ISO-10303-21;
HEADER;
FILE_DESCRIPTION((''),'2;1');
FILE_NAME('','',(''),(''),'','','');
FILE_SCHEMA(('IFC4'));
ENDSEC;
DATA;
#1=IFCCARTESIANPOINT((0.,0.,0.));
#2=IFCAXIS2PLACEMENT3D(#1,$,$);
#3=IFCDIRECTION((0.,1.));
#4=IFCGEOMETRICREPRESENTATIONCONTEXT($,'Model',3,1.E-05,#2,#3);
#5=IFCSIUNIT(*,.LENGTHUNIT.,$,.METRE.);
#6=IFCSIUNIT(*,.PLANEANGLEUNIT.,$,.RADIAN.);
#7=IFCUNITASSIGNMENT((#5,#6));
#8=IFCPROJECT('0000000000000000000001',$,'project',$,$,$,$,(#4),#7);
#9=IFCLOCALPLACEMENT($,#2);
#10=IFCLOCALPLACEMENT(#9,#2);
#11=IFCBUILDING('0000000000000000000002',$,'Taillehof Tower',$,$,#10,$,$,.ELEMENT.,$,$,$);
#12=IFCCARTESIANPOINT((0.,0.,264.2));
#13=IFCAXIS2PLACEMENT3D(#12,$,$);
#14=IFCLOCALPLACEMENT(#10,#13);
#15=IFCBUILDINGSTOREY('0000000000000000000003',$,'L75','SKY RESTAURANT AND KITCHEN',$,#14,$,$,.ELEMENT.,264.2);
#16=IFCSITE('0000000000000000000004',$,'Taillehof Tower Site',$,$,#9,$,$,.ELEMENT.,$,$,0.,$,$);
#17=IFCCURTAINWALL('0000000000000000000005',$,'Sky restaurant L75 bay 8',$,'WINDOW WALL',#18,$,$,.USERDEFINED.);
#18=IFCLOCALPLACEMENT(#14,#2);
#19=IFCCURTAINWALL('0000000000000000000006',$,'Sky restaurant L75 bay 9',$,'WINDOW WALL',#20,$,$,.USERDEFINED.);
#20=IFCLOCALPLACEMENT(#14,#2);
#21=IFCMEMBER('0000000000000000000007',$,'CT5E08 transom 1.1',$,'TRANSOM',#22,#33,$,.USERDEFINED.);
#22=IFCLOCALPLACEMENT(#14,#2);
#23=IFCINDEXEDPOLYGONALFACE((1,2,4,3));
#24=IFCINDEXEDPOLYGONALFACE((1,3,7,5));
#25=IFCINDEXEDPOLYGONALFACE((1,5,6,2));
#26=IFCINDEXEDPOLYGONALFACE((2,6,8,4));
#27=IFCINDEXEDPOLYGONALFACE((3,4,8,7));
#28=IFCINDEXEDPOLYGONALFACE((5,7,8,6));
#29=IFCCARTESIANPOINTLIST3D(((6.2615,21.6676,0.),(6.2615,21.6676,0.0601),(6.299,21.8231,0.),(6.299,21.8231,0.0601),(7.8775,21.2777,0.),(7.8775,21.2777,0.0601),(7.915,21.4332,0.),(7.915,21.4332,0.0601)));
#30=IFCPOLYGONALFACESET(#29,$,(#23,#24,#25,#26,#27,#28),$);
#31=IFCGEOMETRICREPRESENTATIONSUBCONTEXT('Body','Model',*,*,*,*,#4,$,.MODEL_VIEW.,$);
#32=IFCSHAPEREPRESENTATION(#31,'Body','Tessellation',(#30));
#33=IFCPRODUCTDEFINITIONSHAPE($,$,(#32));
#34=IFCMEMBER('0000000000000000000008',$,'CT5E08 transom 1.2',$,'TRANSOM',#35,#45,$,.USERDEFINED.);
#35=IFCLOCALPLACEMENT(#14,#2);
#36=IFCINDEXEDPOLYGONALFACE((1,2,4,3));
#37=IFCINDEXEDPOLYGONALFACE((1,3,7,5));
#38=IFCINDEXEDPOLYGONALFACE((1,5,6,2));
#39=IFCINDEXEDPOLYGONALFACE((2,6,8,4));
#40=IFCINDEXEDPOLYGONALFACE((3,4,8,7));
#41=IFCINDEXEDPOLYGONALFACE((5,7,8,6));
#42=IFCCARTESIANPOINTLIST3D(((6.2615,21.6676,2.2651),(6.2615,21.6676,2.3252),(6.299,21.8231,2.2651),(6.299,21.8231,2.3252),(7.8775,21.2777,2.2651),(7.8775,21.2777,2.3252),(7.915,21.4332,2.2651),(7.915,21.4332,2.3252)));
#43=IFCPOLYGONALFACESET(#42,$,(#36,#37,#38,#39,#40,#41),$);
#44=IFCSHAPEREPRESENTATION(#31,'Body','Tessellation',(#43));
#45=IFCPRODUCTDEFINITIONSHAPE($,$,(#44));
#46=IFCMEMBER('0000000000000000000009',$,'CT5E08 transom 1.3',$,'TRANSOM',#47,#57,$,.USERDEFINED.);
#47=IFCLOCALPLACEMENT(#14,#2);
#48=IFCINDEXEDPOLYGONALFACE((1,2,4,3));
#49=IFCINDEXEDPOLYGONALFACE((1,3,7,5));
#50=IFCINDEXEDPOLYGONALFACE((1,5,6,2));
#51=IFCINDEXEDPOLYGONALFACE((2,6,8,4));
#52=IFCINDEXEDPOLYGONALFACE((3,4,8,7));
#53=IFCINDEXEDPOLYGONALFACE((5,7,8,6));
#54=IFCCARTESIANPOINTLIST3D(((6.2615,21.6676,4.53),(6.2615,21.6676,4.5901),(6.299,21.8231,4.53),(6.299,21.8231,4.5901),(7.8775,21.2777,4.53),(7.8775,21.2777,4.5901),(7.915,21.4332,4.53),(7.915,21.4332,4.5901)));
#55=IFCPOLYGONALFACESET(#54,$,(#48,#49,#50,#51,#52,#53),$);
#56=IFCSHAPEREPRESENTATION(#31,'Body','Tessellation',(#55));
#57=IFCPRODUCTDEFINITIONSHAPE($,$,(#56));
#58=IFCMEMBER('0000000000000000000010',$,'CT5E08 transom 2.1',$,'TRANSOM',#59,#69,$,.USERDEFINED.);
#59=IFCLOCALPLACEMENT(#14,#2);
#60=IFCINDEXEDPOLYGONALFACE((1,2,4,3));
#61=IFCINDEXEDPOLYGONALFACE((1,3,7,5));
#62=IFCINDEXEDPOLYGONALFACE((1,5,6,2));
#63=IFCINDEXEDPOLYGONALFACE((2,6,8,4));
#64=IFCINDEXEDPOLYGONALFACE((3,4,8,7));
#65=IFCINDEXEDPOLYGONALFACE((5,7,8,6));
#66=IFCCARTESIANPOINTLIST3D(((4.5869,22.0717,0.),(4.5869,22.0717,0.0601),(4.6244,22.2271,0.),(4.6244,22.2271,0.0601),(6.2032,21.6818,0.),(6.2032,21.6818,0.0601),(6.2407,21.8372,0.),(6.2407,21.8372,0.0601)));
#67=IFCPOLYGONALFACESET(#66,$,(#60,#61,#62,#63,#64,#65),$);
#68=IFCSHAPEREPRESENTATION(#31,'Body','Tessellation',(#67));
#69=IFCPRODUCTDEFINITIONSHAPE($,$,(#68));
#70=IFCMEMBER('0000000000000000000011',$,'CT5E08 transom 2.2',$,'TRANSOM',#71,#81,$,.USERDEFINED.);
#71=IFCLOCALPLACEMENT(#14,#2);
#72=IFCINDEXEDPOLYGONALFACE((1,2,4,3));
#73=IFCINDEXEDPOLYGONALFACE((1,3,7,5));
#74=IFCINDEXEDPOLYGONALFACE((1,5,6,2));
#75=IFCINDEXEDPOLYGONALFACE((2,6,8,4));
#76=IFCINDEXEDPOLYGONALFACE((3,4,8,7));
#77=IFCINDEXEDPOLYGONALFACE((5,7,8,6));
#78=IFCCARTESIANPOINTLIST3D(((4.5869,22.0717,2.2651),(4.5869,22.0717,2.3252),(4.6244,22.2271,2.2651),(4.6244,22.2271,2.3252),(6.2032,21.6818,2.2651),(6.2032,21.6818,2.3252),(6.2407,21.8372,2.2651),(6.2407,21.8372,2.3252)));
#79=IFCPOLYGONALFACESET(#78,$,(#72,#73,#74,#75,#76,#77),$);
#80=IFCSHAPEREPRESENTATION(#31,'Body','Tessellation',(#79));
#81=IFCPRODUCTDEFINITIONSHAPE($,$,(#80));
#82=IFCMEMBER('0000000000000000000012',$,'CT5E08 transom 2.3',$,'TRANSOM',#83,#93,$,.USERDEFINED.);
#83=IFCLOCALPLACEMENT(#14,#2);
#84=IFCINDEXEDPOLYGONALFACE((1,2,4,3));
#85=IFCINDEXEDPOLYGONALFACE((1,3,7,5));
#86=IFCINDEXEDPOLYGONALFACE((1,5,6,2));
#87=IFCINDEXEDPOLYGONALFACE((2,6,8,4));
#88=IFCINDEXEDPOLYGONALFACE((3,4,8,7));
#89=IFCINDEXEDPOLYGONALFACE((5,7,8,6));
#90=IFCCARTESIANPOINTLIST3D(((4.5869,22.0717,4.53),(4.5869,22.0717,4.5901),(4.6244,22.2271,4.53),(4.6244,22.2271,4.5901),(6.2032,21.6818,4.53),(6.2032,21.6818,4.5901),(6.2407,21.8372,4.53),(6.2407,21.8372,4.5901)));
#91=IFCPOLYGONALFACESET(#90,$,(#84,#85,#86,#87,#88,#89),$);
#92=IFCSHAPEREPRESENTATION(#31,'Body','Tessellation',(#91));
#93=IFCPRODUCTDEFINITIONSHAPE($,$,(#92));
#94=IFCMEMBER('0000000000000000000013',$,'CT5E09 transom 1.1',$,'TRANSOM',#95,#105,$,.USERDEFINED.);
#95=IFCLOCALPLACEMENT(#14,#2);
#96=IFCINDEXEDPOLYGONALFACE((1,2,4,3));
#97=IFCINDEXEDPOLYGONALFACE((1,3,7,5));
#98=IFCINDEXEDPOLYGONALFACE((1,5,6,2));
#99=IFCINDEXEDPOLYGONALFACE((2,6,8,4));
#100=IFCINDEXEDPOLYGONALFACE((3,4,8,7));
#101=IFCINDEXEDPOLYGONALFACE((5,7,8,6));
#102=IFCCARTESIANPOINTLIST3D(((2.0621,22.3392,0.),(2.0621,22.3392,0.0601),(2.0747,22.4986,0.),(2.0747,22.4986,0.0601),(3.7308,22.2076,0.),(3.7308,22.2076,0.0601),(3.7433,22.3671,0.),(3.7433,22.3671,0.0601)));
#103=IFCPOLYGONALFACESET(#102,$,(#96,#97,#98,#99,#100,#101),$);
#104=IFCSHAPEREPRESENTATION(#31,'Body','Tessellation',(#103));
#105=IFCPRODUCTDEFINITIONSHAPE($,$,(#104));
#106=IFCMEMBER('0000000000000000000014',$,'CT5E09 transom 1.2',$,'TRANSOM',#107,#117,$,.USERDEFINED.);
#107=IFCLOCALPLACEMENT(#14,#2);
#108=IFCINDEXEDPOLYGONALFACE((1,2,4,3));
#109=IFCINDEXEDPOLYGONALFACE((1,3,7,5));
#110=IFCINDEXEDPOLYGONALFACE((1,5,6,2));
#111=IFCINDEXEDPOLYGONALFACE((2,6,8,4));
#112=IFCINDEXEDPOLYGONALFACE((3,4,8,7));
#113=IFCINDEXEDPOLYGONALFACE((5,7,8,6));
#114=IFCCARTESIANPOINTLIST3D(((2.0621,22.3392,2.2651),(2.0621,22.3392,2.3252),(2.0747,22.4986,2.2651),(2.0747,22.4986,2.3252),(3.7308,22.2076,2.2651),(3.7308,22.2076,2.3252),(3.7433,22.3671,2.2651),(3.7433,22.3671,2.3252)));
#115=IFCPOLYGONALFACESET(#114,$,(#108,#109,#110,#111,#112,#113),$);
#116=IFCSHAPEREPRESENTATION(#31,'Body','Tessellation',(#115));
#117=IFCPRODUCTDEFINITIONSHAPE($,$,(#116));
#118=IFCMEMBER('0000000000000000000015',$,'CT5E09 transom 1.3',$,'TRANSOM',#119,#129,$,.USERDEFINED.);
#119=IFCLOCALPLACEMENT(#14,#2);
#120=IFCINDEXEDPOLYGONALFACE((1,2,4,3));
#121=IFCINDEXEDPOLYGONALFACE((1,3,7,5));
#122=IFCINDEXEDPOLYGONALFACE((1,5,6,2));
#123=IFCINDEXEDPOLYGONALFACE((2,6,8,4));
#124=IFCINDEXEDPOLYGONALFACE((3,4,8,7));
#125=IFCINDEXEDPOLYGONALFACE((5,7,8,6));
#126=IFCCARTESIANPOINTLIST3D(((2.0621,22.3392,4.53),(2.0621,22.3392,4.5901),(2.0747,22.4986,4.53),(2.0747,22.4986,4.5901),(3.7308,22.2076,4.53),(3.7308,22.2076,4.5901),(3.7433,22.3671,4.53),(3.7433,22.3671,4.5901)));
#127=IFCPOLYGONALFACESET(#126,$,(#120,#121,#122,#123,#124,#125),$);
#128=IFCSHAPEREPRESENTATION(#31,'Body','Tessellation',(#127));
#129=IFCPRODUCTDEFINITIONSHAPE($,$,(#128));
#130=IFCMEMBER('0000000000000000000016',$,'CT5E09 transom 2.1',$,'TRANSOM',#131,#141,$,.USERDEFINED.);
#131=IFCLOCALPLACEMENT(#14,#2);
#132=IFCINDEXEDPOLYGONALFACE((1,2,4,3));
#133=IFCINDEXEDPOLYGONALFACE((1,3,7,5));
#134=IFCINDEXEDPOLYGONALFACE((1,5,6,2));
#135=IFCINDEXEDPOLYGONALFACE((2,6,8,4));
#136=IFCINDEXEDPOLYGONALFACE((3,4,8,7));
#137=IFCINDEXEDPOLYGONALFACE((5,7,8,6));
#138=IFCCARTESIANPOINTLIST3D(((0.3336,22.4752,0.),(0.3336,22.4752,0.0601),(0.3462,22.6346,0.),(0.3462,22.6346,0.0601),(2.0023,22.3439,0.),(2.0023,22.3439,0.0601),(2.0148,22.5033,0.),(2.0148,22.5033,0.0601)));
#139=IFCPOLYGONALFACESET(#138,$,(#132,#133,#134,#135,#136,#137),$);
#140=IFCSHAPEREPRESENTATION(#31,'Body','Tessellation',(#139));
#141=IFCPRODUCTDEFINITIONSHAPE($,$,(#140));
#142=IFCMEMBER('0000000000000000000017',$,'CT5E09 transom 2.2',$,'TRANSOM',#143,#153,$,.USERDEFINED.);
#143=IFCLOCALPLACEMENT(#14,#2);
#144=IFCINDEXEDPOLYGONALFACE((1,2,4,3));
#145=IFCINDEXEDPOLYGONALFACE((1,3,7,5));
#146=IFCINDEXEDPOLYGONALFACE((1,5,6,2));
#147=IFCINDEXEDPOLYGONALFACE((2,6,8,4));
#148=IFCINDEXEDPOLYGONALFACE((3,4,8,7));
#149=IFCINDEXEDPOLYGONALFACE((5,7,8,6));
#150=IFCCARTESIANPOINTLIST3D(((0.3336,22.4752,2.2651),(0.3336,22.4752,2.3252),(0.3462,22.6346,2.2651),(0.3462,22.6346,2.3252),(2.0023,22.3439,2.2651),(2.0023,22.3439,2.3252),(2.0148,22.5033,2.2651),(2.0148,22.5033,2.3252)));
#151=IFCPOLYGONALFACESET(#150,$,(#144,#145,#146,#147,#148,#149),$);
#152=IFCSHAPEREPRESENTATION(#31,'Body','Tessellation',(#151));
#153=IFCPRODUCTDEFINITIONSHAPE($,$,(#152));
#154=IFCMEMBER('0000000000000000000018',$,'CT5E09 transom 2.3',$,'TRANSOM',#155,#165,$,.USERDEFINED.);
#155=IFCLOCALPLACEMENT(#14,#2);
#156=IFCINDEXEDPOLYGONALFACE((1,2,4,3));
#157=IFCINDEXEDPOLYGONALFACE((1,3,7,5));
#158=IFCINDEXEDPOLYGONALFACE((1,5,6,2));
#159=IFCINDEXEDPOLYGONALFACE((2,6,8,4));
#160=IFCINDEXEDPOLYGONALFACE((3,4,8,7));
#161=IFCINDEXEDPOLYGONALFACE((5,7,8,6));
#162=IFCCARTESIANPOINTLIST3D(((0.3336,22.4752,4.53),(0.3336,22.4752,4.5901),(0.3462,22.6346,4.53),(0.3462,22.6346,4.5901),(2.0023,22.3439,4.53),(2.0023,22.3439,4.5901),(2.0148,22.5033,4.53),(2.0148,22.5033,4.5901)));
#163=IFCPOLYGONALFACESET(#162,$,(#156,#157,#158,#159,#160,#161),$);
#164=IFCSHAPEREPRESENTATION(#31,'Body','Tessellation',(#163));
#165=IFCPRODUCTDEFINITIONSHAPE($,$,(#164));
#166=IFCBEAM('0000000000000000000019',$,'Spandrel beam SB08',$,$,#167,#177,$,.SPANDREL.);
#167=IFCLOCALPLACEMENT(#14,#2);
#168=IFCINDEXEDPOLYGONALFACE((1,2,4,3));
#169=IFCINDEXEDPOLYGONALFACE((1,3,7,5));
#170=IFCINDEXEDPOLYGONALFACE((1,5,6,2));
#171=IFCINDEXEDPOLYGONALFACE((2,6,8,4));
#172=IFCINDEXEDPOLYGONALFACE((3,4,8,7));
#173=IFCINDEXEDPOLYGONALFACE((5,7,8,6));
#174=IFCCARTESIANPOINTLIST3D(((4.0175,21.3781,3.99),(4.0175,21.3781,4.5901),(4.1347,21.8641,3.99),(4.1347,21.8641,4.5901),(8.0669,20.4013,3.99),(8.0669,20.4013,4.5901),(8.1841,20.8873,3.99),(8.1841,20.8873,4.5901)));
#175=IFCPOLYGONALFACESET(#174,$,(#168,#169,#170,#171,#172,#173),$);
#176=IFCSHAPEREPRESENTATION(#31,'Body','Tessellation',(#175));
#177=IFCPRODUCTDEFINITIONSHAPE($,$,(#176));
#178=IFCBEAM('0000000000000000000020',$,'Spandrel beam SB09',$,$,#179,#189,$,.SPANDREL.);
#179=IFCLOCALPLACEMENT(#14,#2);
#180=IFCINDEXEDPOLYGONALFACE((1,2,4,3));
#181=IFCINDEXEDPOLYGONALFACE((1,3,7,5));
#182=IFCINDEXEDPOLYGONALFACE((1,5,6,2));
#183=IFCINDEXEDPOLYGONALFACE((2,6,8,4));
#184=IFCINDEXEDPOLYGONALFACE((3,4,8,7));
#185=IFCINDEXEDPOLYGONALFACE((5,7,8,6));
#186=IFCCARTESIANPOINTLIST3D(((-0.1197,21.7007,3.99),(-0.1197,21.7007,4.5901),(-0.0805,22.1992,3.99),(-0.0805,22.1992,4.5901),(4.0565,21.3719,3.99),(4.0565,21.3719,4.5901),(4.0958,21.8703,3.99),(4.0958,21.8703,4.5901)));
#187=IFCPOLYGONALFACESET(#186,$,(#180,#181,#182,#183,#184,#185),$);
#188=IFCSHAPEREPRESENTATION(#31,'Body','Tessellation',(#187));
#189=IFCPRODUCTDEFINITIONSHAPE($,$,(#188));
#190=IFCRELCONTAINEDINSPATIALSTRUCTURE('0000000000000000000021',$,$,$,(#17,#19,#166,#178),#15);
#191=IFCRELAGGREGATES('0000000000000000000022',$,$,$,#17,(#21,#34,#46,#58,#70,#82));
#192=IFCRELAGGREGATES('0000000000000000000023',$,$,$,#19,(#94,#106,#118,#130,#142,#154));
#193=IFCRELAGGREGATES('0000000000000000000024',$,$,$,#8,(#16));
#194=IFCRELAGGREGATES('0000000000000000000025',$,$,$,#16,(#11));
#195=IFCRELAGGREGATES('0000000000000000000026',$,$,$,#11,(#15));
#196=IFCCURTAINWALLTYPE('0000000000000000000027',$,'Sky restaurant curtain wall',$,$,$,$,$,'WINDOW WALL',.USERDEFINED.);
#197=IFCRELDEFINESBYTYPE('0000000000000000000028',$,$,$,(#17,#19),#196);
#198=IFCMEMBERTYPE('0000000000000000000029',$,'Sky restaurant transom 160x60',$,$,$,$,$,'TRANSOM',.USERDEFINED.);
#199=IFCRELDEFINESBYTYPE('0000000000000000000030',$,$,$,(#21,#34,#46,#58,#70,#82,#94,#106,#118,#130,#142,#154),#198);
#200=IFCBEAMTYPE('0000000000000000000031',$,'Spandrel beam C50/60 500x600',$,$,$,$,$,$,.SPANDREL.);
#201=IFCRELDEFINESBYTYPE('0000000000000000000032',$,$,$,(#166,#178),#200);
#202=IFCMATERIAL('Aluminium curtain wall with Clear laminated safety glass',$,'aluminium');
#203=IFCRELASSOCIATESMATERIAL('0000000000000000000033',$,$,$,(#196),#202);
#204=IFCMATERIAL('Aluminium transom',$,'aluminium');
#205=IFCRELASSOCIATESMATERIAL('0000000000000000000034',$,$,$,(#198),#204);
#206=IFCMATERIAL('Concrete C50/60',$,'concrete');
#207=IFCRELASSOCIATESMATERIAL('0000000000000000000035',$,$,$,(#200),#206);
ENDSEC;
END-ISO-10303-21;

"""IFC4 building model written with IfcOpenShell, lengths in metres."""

from ifc_helpers import new_model, si_unit, direction, frame, origin, origin_2d, place, context, subcontext, project, spatial, rectangle, extrude, material, material_profile, profile_set, type_object, element, aggregate, save


model = new_model("IFC4")

# Units and contexts
model_context = context("Model", 3, precision=1e-05, world=origin(), true_north=direction((0.0, 1.0)))
body_context = subcontext(model_context, "Body", "Model", "MODEL_VIEW")
ifc_project = project(units=[si_unit("LENGTHUNIT", "METRE"), si_unit("PLANEANGLEUNIT", "RADIAN")], contexts=[model_context])

# Site, building, storey
site_placement = place(None, origin())
site = spatial("IfcSite", under=ifc_project, at=site_placement, Name="Taillehof Tower Site", CompositionType="ELEMENT", RefElevation=0.0)
building_placement = place(site_placement, origin())
building = spatial("IfcBuilding", under=site, at=building_placement, Name="Taillehof Tower", CompositionType="ELEMENT")
storey_placement = place(building_placement, frame((0.0, 0.0, 264.2)))
storey = spatial("IfcBuildingStorey", under=building, at=storey_placement, Name="L75", Description="SKY RESTAURANT AND KITCHEN", CompositionType="ELEMENT", Elevation=264.2)

# Shared definitions
ifc_material_1 = material(Name="Aluminium curtain wall with Clear laminated safety glass", Category="aluminium")
curtain_wall_type = type_object("IfcCurtainWallType", Name="Sky restaurant curtain wall", ElementType="WINDOW WALL", PredefinedType="USERDEFINED", material=ifc_material_1)

# Curtain walls
curtain_wall_1_placement = place(storey_placement, origin())
curtain_wall_1 = element("IfcCurtainWall", 1, at=curtain_wall_1_placement, inside=storey, type_object=curtain_wall_type, Name="Sky restaurant L75 bay 8", ObjectType="WINDOW WALL", PredefinedType="USERDEFINED")
curtain_wall_2_placement = place(storey_placement, origin())
curtain_wall_2 = element("IfcCurtainWall", 2, at=curtain_wall_2_placement, inside=storey, type_object=curtain_wall_type, Name="Sky restaurant L75 bay 9", ObjectType="WINDOW WALL", PredefinedType="USERDEFINED")

# Members
ifc_material_2 = material(Name="Aluminium transom", Category="aluminium")
ifc_material_profile_1 = material_profile(ifc_material_2, rectangle(XDim=0.1599, YDim=0.0601, at=origin_2d()), Name="AL 160x60")
ifc_profile_set_1 = profile_set([ifc_material_profile_1], Name="Aluminium transom")
member_type_1 = type_object("IfcMemberType", Name="Sky restaurant transom 160x60", ElementType="TRANSOM", PredefinedType="USERDEFINED", material=ifc_profile_set_1)
member_1_placement = place(storey_placement, frame((7.8962, 21.3555, 0.03), z_axis=(-0.972105, 0.234545, 0.0), x_axis=(-0.234545, -0.972105, 0.0)))
member_1 = element("IfcMember", 3, at=member_1_placement, type_object=member_type_1, Name="CT5E08 transom 1.1", ObjectType="TRANSOM", PredefinedType="USERDEFINED", context=body_context, shape_type="SweptSolid", body=[
    extrude(rectangle(XDim=0.1599, YDim=0.0601, at=origin_2d()), origin(), (0.0, 0.0, 1.0), 1.6624),
])
member_2_placement = place(storey_placement, frame((7.8962, 21.3555, 2.2952), z_axis=(-0.972105, 0.234545, 0.0), x_axis=(-0.234545, -0.972105, 0.0)))
member_2 = element("IfcMember", 4, at=member_2_placement, type_object=member_type_1, Name="CT5E08 transom 1.2", ObjectType="TRANSOM", PredefinedType="USERDEFINED", context=body_context, shape_type="SweptSolid", body=[
    extrude(rectangle(XDim=0.1599, YDim=0.0601, at=origin_2d()), origin(), (0.0, 0.0, 1.0), 1.6624),
])
member_3_placement = place(storey_placement, frame((7.8962, 21.3555, 4.5601), z_axis=(-0.972105, 0.234545, 0.0), x_axis=(-0.234545, -0.972105, 0.0)))
member_3 = element("IfcMember", 5, at=member_3_placement, type_object=member_type_1, Name="CT5E08 transom 1.3", ObjectType="TRANSOM", PredefinedType="USERDEFINED", context=body_context, shape_type="SweptSolid", body=[
    extrude(rectangle(XDim=0.1599, YDim=0.0601, at=origin_2d()), origin(), (0.0, 0.0, 1.0), 1.6624),
])
member_4_placement = place(storey_placement, frame((6.2219, 21.7595, 0.03), z_axis=(-0.972113, 0.234511, 0.0), x_axis=(-0.234511, -0.972113, 0.0)))
member_4 = element("IfcMember", 6, at=member_4_placement, type_object=member_type_1, Name="CT5E08 transom 2.1", ObjectType="TRANSOM", PredefinedType="USERDEFINED", context=body_context, shape_type="SweptSolid", body=[
    extrude(rectangle(XDim=0.1599, YDim=0.0601, at=origin_2d()), origin(), (0.0, 0.0, 1.0), 1.6626),
])
member_5_placement = place(storey_placement, frame((6.2219, 21.7595, 2.2952), z_axis=(-0.972113, 0.234511, 0.0), x_axis=(-0.234511, -0.972113, 0.0)))
member_5 = element("IfcMember", 7, at=member_5_placement, type_object=member_type_1, Name="CT5E08 transom 2.2", ObjectType="TRANSOM", PredefinedType="USERDEFINED", context=body_context, shape_type="SweptSolid", body=[
    extrude(rectangle(XDim=0.1599, YDim=0.0601, at=origin_2d()), origin(), (0.0, 0.0, 1.0), 1.6626),
])
member_6_placement = place(storey_placement, frame((6.2219, 21.7595, 4.5601), z_axis=(-0.972113, 0.234511, 0.0), x_axis=(-0.234511, -0.972113, 0.0)))
member_6 = element("IfcMember", 8, at=member_6_placement, type_object=member_type_1, Name="CT5E08 transom 2.3", ObjectType="TRANSOM", PredefinedType="USERDEFINED", context=body_context, shape_type="SweptSolid", body=[
    extrude(rectangle(XDim=0.1599, YDim=0.0601, at=origin_2d()), origin(), (0.0, 0.0, 1.0), 1.6626),
])
member_7_placement = place(storey_placement, frame((3.7371, 22.2874, 0.03), z_axis=(-0.996905, 0.078615, 0.0), x_axis=(-0.078615, -0.996905, 0.0)))
member_7 = element("IfcMember", 9, at=member_7_placement, type_object=member_type_1, Name="CT5E09 transom 1.1", ObjectType="TRANSOM", PredefinedType="USERDEFINED", context=body_context, shape_type="SweptSolid", body=[
    extrude(rectangle(XDim=0.1599, YDim=0.0601, at=origin_2d()), origin(), (0.0, 0.0, 1.0), 1.6738),
])
member_8_placement = place(storey_placement, frame((3.7371, 22.2874, 2.2952), z_axis=(-0.996905, 0.078615, 0.0), x_axis=(-0.078615, -0.996905, 0.0)))
member_8 = element("IfcMember", 10, at=member_8_placement, type_object=member_type_1, Name="CT5E09 transom 1.2", ObjectType="TRANSOM", PredefinedType="USERDEFINED", context=body_context, shape_type="SweptSolid", body=[
    extrude(rectangle(XDim=0.1599, YDim=0.0601, at=origin_2d()), origin(), (0.0, 0.0, 1.0), 1.6738),
])
member_9_placement = place(storey_placement, frame((3.7371, 22.2874, 4.5601), z_axis=(-0.996905, 0.078615, 0.0), x_axis=(-0.078615, -0.996905, 0.0)))
member_9 = element("IfcMember", 11, at=member_9_placement, type_object=member_type_1, Name="CT5E09 transom 1.3", ObjectType="TRANSOM", PredefinedType="USERDEFINED", context=body_context, shape_type="SweptSolid", body=[
    extrude(rectangle(XDim=0.1599, YDim=0.0601, at=origin_2d()), origin(), (0.0, 0.0, 1.0), 1.6738),
])
member_10_placement = place(storey_placement, frame((2.0085, 22.4236, 0.03), z_axis=(-0.996916, 0.07847, 0.0), x_axis=(-0.07847, -0.996916, 0.0)))
member_10 = element("IfcMember", 12, at=member_10_placement, type_object=member_type_1, Name="CT5E09 transom 2.1", ObjectType="TRANSOM", PredefinedType="USERDEFINED", context=body_context, shape_type="SweptSolid", body=[
    extrude(rectangle(XDim=0.1599, YDim=0.0601, at=origin_2d()), origin(), (0.0, 0.0, 1.0), 1.6738),
])
member_11_placement = place(storey_placement, frame((2.0085, 22.4236, 2.2952), z_axis=(-0.996916, 0.07847, 0.0), x_axis=(-0.07847, -0.996916, 0.0)))
member_11 = element("IfcMember", 13, at=member_11_placement, type_object=member_type_1, Name="CT5E09 transom 2.2", ObjectType="TRANSOM", PredefinedType="USERDEFINED", context=body_context, shape_type="SweptSolid", body=[
    extrude(rectangle(XDim=0.1599, YDim=0.0601, at=origin_2d()), origin(), (0.0, 0.0, 1.0), 1.6738),
])
member_12_placement = place(storey_placement, frame((2.0085, 22.4236, 4.5601), z_axis=(-0.996916, 0.07847, 0.0), x_axis=(-0.07847, -0.996916, 0.0)))
member_12 = element("IfcMember", 14, at=member_12_placement, type_object=member_type_1, Name="CT5E09 transom 2.3", ObjectType="TRANSOM", PredefinedType="USERDEFINED", context=body_context, shape_type="SweptSolid", body=[
    extrude(rectangle(XDim=0.1599, YDim=0.0601, at=origin_2d()), origin(), (0.0, 0.0, 1.0), 1.6738),
])

# Beams
ifc_material_3 = material(Name="Concrete C50/60", Category="concrete")
ifc_material_profile_2 = material_profile(ifc_material_3, rectangle(XDim=0.5, YDim=0.6001, at=origin_2d()), Name="RC 500x600")
ifc_profile_set_2 = profile_set([ifc_material_profile_2], Name="Concrete C50/60")
beam_type_1 = type_object("IfcBeamType", Name="Spandrel beam C50/60 500x600", PredefinedType="SPANDREL", material=ifc_profile_set_2)
beam_1_placement = place(storey_placement, frame((8.1255, 20.6443, 4.29), z_axis=(-0.972116, 0.234501, 0.0), x_axis=(-0.234501, -0.972116, 0.0)))
element("IfcBeam", 15, at=beam_1_placement, inside=storey, type_object=beam_type_1, Name="Spandrel beam SB08", PredefinedType="SPANDREL", context=body_context, shape_type="SweptSolid", body=[
    extrude(rectangle(XDim=0.5, YDim=0.6001, at=origin_2d()), origin(), (0.0, 0.0, 1.0), 4.1655),
])
beam_2_placement = place(storey_placement, frame((4.0762, 21.6211, 4.29), z_axis=(-0.996914, 0.078501, 0.0), x_axis=(-0.078501, -0.996914, 0.0)))
element("IfcBeam", 16, at=beam_2_placement, inside=storey, type_object=beam_type_1, Name="Spandrel beam SB09", PredefinedType="SPANDREL", context=body_context, shape_type="SweptSolid", body=[
    extrude(rectangle(XDim=0.5, YDim=0.6001, at=origin_2d()), origin(), (0.0, 0.0, 1.0), 4.1892),
])

aggregate(curtain_wall_1, [member_1, member_2, member_3, member_4, member_5, member_6])
aggregate(curtain_wall_2, [member_7, member_8, member_9, member_10, member_11, member_12])

save(model, "model.ifc")
